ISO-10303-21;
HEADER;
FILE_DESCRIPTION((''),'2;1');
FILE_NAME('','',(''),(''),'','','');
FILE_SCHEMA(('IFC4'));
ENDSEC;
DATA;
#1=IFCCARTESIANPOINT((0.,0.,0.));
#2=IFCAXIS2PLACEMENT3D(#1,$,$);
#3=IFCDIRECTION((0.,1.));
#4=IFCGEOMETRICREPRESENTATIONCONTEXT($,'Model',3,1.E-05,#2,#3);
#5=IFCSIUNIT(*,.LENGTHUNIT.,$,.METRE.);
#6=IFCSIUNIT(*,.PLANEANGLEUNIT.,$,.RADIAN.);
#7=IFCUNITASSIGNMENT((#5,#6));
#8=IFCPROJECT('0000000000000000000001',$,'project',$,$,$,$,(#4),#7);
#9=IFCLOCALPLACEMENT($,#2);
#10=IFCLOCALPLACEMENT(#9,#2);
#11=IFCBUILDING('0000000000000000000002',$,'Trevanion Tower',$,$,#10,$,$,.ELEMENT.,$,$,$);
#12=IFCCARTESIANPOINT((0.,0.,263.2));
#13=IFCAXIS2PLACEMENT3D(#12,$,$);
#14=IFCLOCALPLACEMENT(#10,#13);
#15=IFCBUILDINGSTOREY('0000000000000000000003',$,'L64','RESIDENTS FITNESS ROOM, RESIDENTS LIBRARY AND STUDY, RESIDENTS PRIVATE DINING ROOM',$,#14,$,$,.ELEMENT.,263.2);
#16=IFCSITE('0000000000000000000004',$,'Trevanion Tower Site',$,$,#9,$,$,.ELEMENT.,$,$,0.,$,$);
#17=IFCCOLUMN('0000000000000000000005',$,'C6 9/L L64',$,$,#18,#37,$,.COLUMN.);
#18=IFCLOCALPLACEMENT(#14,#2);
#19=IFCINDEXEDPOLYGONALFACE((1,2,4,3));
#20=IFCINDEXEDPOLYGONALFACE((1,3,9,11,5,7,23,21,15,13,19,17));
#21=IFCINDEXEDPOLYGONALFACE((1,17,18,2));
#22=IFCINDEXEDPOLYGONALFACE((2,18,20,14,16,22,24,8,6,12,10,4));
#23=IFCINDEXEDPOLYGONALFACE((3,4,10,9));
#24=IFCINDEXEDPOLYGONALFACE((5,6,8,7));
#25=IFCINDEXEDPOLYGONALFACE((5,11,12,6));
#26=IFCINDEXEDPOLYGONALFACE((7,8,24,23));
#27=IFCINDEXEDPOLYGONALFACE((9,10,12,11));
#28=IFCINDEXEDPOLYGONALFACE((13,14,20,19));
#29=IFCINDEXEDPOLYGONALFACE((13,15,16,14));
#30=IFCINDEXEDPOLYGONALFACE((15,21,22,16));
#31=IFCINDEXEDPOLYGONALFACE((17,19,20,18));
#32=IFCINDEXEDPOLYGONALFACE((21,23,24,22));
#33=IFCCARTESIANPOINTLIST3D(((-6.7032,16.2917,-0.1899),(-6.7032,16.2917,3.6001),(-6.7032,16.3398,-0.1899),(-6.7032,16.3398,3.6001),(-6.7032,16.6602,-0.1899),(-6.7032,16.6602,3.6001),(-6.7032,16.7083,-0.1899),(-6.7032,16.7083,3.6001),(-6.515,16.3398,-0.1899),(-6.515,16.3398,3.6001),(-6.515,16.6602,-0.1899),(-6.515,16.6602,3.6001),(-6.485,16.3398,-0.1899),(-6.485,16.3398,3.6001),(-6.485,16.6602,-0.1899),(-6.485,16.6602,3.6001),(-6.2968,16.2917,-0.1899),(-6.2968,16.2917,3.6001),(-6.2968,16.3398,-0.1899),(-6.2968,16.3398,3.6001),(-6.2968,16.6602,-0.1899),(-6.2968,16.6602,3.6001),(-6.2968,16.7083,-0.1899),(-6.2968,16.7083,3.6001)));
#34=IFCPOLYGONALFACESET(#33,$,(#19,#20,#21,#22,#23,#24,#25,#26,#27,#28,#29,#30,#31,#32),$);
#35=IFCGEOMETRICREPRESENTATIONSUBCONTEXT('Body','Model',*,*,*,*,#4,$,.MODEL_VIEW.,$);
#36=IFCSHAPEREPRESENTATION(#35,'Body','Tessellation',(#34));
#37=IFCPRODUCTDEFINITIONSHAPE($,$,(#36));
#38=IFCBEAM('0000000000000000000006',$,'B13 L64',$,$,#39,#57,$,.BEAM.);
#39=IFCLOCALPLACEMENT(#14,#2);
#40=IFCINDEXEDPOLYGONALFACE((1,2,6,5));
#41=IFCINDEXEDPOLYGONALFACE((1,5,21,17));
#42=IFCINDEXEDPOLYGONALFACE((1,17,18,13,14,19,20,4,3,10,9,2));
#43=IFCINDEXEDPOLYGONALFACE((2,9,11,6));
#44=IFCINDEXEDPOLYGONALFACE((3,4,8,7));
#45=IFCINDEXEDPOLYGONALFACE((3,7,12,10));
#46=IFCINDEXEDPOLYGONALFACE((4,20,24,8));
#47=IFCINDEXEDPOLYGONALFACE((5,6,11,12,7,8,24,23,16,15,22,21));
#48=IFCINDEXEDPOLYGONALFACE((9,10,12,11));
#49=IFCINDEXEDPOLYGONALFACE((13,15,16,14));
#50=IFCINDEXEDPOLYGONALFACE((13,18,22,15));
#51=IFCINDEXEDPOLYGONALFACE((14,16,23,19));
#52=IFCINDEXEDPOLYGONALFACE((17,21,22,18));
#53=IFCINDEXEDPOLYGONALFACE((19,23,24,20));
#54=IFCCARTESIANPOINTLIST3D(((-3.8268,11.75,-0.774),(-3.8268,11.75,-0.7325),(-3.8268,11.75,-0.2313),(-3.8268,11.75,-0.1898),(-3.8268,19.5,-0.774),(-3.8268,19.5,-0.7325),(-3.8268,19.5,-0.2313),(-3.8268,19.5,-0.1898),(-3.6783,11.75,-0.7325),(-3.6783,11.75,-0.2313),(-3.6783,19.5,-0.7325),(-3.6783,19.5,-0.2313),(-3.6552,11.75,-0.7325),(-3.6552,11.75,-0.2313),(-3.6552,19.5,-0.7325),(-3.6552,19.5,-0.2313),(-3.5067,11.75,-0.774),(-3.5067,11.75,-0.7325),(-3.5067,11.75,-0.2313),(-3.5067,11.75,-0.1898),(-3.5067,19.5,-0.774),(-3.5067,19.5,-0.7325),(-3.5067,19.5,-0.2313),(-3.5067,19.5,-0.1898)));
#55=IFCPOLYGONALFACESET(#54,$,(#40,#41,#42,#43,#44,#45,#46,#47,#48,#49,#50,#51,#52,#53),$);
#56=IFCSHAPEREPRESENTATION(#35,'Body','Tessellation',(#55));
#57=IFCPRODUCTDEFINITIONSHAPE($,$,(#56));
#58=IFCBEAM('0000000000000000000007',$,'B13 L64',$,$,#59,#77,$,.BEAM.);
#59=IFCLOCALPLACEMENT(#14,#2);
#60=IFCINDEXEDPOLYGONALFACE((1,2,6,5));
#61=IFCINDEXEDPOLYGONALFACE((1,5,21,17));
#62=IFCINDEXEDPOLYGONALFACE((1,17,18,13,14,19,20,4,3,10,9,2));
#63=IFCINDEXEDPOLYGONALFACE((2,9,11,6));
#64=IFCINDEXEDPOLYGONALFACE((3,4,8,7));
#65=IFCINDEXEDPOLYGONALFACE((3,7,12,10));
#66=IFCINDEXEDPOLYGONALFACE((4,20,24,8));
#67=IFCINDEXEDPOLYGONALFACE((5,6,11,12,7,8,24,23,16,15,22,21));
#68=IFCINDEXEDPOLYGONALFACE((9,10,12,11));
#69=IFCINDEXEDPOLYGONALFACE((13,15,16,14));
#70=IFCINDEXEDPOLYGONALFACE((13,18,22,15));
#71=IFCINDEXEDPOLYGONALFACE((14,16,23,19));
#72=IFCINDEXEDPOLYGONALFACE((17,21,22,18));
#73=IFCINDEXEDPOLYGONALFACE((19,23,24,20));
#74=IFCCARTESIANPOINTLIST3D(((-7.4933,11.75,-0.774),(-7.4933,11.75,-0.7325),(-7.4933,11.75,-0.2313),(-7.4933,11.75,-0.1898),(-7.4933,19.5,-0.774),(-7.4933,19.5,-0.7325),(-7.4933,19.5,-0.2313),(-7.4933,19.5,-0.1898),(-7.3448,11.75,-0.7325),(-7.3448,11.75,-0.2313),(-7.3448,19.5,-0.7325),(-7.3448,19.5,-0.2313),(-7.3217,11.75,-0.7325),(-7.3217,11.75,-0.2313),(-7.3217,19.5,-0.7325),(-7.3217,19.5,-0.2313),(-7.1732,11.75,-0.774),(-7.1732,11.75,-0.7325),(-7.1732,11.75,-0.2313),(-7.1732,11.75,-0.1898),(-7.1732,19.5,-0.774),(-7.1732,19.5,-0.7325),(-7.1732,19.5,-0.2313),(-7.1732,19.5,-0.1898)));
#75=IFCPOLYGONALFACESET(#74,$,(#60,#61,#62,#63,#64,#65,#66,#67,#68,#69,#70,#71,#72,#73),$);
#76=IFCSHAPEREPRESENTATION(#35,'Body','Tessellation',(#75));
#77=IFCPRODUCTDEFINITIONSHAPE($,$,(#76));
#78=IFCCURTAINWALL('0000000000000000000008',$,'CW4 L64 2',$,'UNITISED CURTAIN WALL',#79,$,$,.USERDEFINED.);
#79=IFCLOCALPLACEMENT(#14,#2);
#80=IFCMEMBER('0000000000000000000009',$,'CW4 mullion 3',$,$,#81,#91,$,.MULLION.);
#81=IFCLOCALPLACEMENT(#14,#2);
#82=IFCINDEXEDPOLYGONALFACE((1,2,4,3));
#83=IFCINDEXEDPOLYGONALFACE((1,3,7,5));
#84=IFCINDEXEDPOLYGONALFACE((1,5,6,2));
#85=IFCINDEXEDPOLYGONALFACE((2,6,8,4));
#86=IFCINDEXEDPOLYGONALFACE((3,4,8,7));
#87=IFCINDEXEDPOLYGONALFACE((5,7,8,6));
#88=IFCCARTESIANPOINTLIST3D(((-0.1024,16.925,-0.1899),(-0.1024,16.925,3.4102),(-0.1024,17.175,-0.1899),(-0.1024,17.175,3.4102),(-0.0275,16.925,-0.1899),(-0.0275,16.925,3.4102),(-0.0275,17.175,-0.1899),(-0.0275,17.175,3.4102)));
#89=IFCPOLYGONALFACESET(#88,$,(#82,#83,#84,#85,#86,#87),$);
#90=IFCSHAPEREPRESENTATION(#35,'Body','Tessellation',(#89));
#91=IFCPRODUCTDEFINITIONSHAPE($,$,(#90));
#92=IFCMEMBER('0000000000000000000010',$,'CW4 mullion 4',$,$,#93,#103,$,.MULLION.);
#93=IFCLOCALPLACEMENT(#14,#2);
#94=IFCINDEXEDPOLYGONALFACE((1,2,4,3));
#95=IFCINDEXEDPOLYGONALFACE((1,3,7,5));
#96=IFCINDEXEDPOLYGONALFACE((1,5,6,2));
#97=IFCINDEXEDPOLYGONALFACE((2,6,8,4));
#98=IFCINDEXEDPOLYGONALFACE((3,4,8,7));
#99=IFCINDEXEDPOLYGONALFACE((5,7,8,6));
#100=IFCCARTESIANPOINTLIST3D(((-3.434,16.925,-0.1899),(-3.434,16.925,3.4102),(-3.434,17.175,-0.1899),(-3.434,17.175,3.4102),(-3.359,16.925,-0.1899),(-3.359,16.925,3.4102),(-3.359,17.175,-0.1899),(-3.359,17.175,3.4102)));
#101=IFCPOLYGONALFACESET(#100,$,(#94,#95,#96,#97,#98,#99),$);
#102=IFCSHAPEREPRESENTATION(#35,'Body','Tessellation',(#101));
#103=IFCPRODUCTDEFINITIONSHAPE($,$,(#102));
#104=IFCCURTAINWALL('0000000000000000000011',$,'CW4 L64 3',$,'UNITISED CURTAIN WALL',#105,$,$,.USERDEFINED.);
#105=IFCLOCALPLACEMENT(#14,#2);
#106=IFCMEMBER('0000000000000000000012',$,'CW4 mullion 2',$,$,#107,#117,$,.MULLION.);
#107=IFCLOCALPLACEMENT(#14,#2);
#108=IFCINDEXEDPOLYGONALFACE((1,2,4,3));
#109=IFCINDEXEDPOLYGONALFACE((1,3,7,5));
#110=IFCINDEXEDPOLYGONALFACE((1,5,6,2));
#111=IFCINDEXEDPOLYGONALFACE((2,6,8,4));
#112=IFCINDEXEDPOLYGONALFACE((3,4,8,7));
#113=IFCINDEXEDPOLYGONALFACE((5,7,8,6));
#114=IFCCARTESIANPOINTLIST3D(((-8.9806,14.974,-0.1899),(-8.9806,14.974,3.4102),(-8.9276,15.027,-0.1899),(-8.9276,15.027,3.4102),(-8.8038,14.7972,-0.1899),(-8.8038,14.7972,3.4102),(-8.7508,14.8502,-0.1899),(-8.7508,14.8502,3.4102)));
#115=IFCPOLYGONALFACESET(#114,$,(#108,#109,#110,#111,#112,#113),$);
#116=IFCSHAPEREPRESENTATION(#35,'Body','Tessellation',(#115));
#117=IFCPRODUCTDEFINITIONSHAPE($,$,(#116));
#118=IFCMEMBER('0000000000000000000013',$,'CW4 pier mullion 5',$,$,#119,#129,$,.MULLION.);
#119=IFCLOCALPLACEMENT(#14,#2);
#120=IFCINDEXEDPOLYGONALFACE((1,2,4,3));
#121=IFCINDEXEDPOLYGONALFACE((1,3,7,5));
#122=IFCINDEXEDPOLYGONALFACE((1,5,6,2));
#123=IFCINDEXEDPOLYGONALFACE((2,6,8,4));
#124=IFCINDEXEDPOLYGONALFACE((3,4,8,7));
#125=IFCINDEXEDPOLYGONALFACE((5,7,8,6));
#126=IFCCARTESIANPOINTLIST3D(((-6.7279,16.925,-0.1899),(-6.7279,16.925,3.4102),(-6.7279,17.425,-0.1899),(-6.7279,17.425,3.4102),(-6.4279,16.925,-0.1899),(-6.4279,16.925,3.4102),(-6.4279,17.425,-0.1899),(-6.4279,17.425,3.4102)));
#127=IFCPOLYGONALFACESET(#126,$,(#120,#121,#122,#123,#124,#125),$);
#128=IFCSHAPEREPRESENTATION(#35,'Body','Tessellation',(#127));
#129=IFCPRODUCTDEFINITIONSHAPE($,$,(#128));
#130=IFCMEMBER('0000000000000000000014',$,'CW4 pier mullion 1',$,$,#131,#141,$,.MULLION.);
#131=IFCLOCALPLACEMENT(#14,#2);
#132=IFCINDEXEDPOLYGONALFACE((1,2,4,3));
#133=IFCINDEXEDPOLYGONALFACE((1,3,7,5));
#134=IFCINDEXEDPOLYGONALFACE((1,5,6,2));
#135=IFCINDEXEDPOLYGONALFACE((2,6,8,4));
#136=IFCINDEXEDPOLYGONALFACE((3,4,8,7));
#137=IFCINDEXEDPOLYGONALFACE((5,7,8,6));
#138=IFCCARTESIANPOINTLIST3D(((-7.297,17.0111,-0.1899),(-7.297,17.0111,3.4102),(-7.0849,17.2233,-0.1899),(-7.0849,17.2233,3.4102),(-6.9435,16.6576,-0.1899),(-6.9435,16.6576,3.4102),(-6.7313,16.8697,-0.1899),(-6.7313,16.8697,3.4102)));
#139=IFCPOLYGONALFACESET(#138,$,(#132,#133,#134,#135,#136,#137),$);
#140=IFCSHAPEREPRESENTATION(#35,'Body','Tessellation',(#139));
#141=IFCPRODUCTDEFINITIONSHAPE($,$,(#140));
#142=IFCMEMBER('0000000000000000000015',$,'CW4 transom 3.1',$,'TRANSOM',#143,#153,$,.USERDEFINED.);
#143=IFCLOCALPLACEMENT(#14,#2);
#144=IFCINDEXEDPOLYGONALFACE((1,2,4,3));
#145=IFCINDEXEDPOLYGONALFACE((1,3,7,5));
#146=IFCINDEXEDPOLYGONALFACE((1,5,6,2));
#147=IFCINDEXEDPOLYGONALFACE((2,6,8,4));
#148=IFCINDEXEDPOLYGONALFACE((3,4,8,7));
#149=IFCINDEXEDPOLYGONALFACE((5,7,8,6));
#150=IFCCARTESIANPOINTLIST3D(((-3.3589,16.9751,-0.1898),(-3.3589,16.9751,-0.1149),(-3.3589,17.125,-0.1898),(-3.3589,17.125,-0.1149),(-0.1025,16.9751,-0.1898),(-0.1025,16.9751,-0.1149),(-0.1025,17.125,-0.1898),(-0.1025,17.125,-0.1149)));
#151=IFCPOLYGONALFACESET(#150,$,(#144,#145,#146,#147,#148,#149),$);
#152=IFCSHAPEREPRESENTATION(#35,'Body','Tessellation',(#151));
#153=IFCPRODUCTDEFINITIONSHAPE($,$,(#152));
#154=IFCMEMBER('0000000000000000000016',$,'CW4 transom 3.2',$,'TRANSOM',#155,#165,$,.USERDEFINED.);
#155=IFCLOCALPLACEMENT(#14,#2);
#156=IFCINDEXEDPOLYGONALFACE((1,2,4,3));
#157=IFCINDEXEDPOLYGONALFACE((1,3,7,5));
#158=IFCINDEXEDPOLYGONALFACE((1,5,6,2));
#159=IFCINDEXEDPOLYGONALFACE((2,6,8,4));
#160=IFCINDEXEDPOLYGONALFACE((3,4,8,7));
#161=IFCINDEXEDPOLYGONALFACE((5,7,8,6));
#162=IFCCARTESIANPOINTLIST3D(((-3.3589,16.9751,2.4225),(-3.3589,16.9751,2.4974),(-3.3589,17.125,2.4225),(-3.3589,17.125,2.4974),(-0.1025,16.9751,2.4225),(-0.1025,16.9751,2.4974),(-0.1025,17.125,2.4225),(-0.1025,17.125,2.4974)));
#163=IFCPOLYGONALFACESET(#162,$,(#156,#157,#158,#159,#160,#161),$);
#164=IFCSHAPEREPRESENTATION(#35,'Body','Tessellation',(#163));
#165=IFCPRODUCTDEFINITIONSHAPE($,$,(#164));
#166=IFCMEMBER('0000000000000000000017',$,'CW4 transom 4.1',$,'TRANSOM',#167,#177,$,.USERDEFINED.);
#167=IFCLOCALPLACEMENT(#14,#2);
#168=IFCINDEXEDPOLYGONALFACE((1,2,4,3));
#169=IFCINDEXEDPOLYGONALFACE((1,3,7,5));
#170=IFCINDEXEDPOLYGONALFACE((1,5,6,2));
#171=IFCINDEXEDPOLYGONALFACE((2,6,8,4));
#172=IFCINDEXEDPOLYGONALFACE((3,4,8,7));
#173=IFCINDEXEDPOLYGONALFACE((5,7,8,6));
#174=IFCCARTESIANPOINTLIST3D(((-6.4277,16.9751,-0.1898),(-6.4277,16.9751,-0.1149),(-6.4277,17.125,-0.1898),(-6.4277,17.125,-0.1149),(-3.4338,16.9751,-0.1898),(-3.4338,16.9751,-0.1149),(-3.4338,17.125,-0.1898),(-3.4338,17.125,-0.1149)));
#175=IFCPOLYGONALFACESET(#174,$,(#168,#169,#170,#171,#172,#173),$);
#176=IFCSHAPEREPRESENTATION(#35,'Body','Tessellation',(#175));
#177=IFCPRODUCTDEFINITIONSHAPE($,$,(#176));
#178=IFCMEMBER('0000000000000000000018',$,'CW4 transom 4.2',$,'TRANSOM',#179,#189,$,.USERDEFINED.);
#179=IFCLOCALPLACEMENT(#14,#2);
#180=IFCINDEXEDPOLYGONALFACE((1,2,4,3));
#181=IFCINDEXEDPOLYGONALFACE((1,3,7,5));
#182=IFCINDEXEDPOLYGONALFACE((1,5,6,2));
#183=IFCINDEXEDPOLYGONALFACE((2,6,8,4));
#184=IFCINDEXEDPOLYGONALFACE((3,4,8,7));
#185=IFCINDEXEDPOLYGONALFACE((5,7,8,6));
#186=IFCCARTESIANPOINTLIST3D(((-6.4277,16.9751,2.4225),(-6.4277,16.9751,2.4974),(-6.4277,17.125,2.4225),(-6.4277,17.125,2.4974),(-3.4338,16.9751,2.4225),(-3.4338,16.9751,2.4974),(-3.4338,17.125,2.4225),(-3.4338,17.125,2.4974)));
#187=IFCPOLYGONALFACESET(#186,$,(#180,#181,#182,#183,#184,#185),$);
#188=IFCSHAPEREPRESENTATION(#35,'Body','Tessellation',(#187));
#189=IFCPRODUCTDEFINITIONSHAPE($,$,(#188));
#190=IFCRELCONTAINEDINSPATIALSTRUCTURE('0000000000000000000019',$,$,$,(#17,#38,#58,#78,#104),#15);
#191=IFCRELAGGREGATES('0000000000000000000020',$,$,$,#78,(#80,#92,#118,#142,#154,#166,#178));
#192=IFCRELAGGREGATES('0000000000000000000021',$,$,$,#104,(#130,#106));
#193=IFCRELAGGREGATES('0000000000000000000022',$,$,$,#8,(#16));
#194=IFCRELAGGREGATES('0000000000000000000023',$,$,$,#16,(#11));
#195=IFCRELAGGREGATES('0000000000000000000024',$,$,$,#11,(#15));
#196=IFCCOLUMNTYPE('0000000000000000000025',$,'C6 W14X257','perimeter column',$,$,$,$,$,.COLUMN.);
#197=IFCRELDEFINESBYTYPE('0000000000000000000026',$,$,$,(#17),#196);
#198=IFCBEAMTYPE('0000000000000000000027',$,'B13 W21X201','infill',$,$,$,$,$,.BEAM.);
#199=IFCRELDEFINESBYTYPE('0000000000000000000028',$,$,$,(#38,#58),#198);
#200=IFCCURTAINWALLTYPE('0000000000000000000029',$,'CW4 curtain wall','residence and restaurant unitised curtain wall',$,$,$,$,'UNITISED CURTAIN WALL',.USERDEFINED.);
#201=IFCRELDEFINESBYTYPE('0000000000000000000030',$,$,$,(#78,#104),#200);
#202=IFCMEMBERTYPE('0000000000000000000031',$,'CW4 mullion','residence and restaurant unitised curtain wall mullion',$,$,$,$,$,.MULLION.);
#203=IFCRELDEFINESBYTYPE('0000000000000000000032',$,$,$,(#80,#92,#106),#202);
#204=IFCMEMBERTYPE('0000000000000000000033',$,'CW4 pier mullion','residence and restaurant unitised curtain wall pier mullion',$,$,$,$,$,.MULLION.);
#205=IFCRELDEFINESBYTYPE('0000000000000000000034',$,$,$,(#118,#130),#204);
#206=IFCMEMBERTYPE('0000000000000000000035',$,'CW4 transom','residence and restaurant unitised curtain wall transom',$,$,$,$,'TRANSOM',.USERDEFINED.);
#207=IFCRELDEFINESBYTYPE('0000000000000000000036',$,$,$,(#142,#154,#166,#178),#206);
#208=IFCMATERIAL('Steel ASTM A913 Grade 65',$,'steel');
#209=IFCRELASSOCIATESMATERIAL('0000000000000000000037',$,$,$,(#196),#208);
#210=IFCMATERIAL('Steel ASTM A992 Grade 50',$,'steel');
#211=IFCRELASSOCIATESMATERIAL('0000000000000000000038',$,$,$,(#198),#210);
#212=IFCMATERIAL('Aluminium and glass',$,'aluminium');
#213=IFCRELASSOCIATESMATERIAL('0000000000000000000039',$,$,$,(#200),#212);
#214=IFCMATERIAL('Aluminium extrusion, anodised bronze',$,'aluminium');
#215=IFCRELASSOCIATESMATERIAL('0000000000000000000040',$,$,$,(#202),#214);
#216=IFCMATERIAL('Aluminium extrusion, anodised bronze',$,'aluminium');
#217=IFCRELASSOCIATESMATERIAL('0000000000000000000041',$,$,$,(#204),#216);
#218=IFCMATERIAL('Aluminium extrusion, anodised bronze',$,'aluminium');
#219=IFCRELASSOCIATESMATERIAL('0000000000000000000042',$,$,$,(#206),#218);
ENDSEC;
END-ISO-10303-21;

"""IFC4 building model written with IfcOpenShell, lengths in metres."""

from ifc_helpers import new_model, si_unit, direction, frame, origin, origin_2d, place, context, subcontext, project, spatial, rectangle, i_section, extrude, material, material_profile, profile_set, type_object, element, aggregate, save


model = new_model("IFC4")

# Units and contexts
model_context = context("Model", 3, precision=1e-05, world=origin(), true_north=direction((0.0, 1.0)))
body_context = subcontext(model_context, "Body", "Model", "MODEL_VIEW")
ifc_project = project(units=[si_unit("LENGTHUNIT", "METRE"), si_unit("PLANEANGLEUNIT", "RADIAN")], contexts=[model_context])

# Site, building, storey
site_placement = place(None, origin())
site = spatial("IfcSite", under=ifc_project, at=site_placement, Name="Trevanion Tower Site", CompositionType="ELEMENT", RefElevation=0.0)
building_placement = place(site_placement, origin())
building = spatial("IfcBuilding", under=site, at=building_placement, Name="Trevanion Tower", CompositionType="ELEMENT")
storey_placement = place(building_placement, frame((0.0, 0.0, 263.2)))
storey = spatial("IfcBuildingStorey", under=building, at=storey_placement, Name="L64", Description="RESIDENTS FITNESS ROOM, RESIDENTS LIBRARY AND STUDY, RESIDENTS PRIVATE DINING ROOM", CompositionType="ELEMENT", Elevation=263.2)

# Column
ifc_material_1 = material(Name="Steel ASTM A913 Grade 65", Category="steel")
ifc_material_profile_1 = material_profile(ifc_material_1, i_section(OverallWidth=0.4065, OverallDepth=0.4165, WebThickness=0.03, FlangeThickness=0.0481, at=origin_2d()), Name="W14X257")
ifc_profile_set_1 = profile_set([ifc_material_profile_1], Name="Steel ASTM A913 Grade 65")
column_type = type_object("IfcColumnType", Name="C6 W14X257", Description="perimeter column", PredefinedType="COLUMN", material=ifc_profile_set_1)
column_placement = place(storey_placement, frame((-6.5, 16.5, -0.1899), z_axis=(0.0, 0.0, 1.0), x_axis=(1.0, 0.0, 0.0)))
element("IfcColumn", 1, at=column_placement, inside=storey, type_object=column_type, Name="C6 9/L L64", PredefinedType="COLUMN", context=body_context, shape_type="SweptSolid", body=[
    extrude(i_section(OverallWidth=0.4065, OverallDepth=0.4165, WebThickness=0.03, FlangeThickness=0.0481, at=origin_2d()), origin(), (0.0, 0.0, 1.0), 3.79),
])

# Beams
ifc_material_2 = material(Name="Steel ASTM A992 Grade 50", Category="steel")
ifc_material_profile_2 = material_profile(ifc_material_2, i_section(OverallWidth=0.3201, OverallDepth=0.5842, WebThickness=0.0232, FlangeThickness=0.0415, at=origin_2d()), Name="W21X201")
ifc_profile_set_2 = profile_set([ifc_material_profile_2], Name="Steel ASTM A992 Grade 50")
beam_type_1 = type_object("IfcBeamType", Name="B13 W21X201", Description="infill", PredefinedType="BEAM", material=ifc_profile_set_2)
for number, where, z_axis, x_axis, name in (
    (2, (-3.6667, 11.75, -0.4819), (0.0, 1.0, 0.0), (-1.0, 0.0, 0.0), "B13 L64"),
    (3, (-7.3333, 11.75, -0.4819), (0.0, 1.0, 0.0), (-1.0, 0.0, 0.0), "B13 L64"),
):
    element("IfcBeam", number, at=place(storey_placement, frame(where, z_axis=z_axis, x_axis=x_axis)), inside=storey, type_object=beam_type_1, Name=name, PredefinedType="BEAM", context=body_context, shape_type="SweptSolid", body=[
        extrude(i_section(OverallWidth=0.3201, OverallDepth=0.5842, WebThickness=0.0232, FlangeThickness=0.0415, at=origin_2d()), origin(), (0.0, 0.0, 1.0), 7.75),
    ])

# Curtain wall, members
ifc_material_3 = material(Name="Aluminium and glass", Category="aluminium")
curtain_wall_type = type_object("IfcCurtainWallType", Name="CW4 curtain wall", Description="residence and restaurant unitised curtain wall", ElementType="UNITISED CURTAIN WALL", PredefinedType="USERDEFINED", material=ifc_material_3)
curtain_wall_1_placement = place(storey_placement, origin())
curtain_wall_1 = element("IfcCurtainWall", 4, at=curtain_wall_1_placement, inside=storey, type_object=curtain_wall_type, Name="CW4 L64 2", ObjectType="UNITISED CURTAIN WALL", PredefinedType="USERDEFINED")
ifc_material_4 = material(Name="Aluminium extrusion, anodised bronze", Category="aluminium")
ifc_material_profile_3 = material_profile(ifc_material_4, rectangle(XDim=0.075, YDim=0.25, at=origin_2d()), Name="CW4 mullion")
ifc_profile_set_3 = profile_set([ifc_material_profile_3], Name="Aluminium extrusion, anodised bronze")
member_type_1 = type_object("IfcMemberType", Name="CW4 mullion", Description="residence and restaurant unitised curtain wall mullion", PredefinedType="MULLION", material=ifc_profile_set_3)
member_1_placement = place(storey_placement, frame((-0.0649, 17.05, -0.1899), z_axis=(0.0, 0.0, 1.0), x_axis=(-1.0, 0.0, 0.0)))
member_1 = element("IfcMember", 5, at=member_1_placement, type_object=member_type_1, Name="CW4 mullion 3", PredefinedType="MULLION", context=body_context, shape_type="SweptSolid", body=[
    extrude(rectangle(XDim=0.075, YDim=0.25, at=origin_2d()), origin(), (0.0, 0.0, 1.0), 3.6001),
])
member_2_placement = place(storey_placement, frame((-3.3965, 17.05, -0.1899), z_axis=(0.0, 0.0, 1.0), x_axis=(-1.0, 0.0, 0.0)))
member_2 = element("IfcMember", 6, at=member_2_placement, type_object=member_type_1, Name="CW4 mullion 4", PredefinedType="MULLION", context=body_context, shape_type="SweptSolid", body=[
    extrude(rectangle(XDim=0.075, YDim=0.25, at=origin_2d()), origin(), (0.0, 0.0, 1.0), 3.6001),
])

# Curtain wall, member
curtain_wall_2_placement = place(storey_placement, origin())
curtain_wall_2 = element("IfcCurtainWall", 7, at=curtain_wall_2_placement, inside=storey, type_object=curtain_wall_type, Name="CW4 L64 3", ObjectType="UNITISED CURTAIN WALL", PredefinedType="USERDEFINED")
member_3_placement = place(storey_placement, frame((-8.8657, 14.9121, -0.1899), z_axis=(0.0, 0.0, 1.0), x_axis=(-0.707107, -0.707107, 0.0)))
member_3 = element("IfcMember", 8, at=member_3_placement, type_object=member_type_1, Name="CW4 mullion 2", PredefinedType="MULLION", context=body_context, shape_type="SweptSolid", body=[
    extrude(rectangle(XDim=0.075, YDim=0.25, at=origin_2d()), origin(), (0.0, 0.0, 1.0), 3.6001),
])

# Members
ifc_material_5 = material(Name="Aluminium extrusion, anodised bronze", Category="aluminium")
ifc_material_profile_4 = material_profile(ifc_material_5, rectangle(XDim=0.3, YDim=0.5, at=origin_2d()), Name="CW4 pier mullion")
ifc_profile_set_4 = profile_set([ifc_material_profile_4], Name="Aluminium extrusion, anodised bronze")
member_type_2 = type_object("IfcMemberType", Name="CW4 pier mullion", Description="residence and restaurant unitised curtain wall pier mullion", PredefinedType="MULLION", material=ifc_profile_set_4)
member_4_placement = place(storey_placement, frame((-6.5779, 17.175, -0.1899), z_axis=(0.0, 0.0, 1.0), x_axis=(-1.0, 0.0, 0.0)))
member_4 = element("IfcMember", 9, at=member_4_placement, type_object=member_type_2, Name="CW4 pier mullion 5", PredefinedType="MULLION", context=body_context, shape_type="SweptSolid", body=[
    extrude(rectangle(XDim=0.3, YDim=0.5, at=origin_2d()), origin(), (0.0, 0.0, 1.0), 3.6001),
])
member_5_placement = place(storey_placement, frame((-7.0142, 16.9404, -0.1899), z_axis=(0.0, 0.0, 1.0), x_axis=(-0.707107, -0.707107, 0.0)))
member_5 = element("IfcMember", 10, at=member_5_placement, type_object=member_type_2, Name="CW4 pier mullion 1", PredefinedType="MULLION", context=body_context, shape_type="SweptSolid", body=[
    extrude(rectangle(XDim=0.3, YDim=0.5, at=origin_2d()), origin(), (0.0, 0.0, 1.0), 3.6001),
])
ifc_material_6 = material(Name="Aluminium extrusion, anodised bronze", Category="aluminium")
ifc_material_profile_5 = material_profile(ifc_material_6, rectangle(XDim=0.1499, YDim=0.075, at=origin_2d()), Name="CW4 transom")
ifc_profile_set_5 = profile_set([ifc_material_profile_5], Name="Aluminium extrusion, anodised bronze")
member_type_3 = type_object("IfcMemberType", Name="CW4 transom", Description="residence and restaurant unitised curtain wall transom", ElementType="TRANSOM", PredefinedType="USERDEFINED", material=ifc_profile_set_5)
member_6_placement = place(storey_placement, frame((-0.1025, 17.05, -0.1523), z_axis=(-1.0, 0.0, 0.0), x_axis=(0.0, -1.0, 0.0)))
member_6 = element("IfcMember", 11, at=member_6_placement, type_object=member_type_3, Name="CW4 transom 3.1", ObjectType="TRANSOM", PredefinedType="USERDEFINED", context=body_context, shape_type="SweptSolid", body=[
    extrude(rectangle(XDim=0.1499, YDim=0.075, at=origin_2d()), origin(), (0.0, 0.0, 1.0), 3.2563),
])
member_7_placement = place(storey_placement, frame((-0.1025, 17.05, 2.46), z_axis=(-1.0, 0.0, 0.0), x_axis=(0.0, -1.0, 0.0)))
member_7 = element("IfcMember", 12, at=member_7_placement, type_object=member_type_3, Name="CW4 transom 3.2", ObjectType="TRANSOM", PredefinedType="USERDEFINED", context=body_context, shape_type="SweptSolid", body=[
    extrude(rectangle(XDim=0.1499, YDim=0.075, at=origin_2d()), origin(), (0.0, 0.0, 1.0), 3.2563),
])
member_8_placement = place(storey_placement, frame((-3.4338, 17.05, -0.1523), z_axis=(-1.0, 0.0, 0.0), x_axis=(0.0, -1.0, 0.0)))
member_8 = element("IfcMember", 13, at=member_8_placement, type_object=member_type_3, Name="CW4 transom 4.1", ObjectType="TRANSOM", PredefinedType="USERDEFINED", context=body_context, shape_type="SweptSolid", body=[
    extrude(rectangle(XDim=0.1499, YDim=0.075, at=origin_2d()), origin(), (0.0, 0.0, 1.0), 2.9939),
])
member_9_placement = place(storey_placement, frame((-3.4338, 17.05, 2.46), z_axis=(-1.0, 0.0, 0.0), x_axis=(0.0, -1.0, 0.0)))
member_9 = element("IfcMember", 14, at=member_9_placement, type_object=member_type_3, Name="CW4 transom 4.2", ObjectType="TRANSOM", PredefinedType="USERDEFINED", context=body_context, shape_type="SweptSolid", body=[
    extrude(rectangle(XDim=0.1499, YDim=0.075, at=origin_2d()), origin(), (0.0, 0.0, 1.0), 2.9939),
])

aggregate(curtain_wall_1, [member_1, member_2, member_4, member_6, member_7, member_8, member_9])
aggregate(curtain_wall_2, [member_5, member_3])

save(model, "model.ifc")
